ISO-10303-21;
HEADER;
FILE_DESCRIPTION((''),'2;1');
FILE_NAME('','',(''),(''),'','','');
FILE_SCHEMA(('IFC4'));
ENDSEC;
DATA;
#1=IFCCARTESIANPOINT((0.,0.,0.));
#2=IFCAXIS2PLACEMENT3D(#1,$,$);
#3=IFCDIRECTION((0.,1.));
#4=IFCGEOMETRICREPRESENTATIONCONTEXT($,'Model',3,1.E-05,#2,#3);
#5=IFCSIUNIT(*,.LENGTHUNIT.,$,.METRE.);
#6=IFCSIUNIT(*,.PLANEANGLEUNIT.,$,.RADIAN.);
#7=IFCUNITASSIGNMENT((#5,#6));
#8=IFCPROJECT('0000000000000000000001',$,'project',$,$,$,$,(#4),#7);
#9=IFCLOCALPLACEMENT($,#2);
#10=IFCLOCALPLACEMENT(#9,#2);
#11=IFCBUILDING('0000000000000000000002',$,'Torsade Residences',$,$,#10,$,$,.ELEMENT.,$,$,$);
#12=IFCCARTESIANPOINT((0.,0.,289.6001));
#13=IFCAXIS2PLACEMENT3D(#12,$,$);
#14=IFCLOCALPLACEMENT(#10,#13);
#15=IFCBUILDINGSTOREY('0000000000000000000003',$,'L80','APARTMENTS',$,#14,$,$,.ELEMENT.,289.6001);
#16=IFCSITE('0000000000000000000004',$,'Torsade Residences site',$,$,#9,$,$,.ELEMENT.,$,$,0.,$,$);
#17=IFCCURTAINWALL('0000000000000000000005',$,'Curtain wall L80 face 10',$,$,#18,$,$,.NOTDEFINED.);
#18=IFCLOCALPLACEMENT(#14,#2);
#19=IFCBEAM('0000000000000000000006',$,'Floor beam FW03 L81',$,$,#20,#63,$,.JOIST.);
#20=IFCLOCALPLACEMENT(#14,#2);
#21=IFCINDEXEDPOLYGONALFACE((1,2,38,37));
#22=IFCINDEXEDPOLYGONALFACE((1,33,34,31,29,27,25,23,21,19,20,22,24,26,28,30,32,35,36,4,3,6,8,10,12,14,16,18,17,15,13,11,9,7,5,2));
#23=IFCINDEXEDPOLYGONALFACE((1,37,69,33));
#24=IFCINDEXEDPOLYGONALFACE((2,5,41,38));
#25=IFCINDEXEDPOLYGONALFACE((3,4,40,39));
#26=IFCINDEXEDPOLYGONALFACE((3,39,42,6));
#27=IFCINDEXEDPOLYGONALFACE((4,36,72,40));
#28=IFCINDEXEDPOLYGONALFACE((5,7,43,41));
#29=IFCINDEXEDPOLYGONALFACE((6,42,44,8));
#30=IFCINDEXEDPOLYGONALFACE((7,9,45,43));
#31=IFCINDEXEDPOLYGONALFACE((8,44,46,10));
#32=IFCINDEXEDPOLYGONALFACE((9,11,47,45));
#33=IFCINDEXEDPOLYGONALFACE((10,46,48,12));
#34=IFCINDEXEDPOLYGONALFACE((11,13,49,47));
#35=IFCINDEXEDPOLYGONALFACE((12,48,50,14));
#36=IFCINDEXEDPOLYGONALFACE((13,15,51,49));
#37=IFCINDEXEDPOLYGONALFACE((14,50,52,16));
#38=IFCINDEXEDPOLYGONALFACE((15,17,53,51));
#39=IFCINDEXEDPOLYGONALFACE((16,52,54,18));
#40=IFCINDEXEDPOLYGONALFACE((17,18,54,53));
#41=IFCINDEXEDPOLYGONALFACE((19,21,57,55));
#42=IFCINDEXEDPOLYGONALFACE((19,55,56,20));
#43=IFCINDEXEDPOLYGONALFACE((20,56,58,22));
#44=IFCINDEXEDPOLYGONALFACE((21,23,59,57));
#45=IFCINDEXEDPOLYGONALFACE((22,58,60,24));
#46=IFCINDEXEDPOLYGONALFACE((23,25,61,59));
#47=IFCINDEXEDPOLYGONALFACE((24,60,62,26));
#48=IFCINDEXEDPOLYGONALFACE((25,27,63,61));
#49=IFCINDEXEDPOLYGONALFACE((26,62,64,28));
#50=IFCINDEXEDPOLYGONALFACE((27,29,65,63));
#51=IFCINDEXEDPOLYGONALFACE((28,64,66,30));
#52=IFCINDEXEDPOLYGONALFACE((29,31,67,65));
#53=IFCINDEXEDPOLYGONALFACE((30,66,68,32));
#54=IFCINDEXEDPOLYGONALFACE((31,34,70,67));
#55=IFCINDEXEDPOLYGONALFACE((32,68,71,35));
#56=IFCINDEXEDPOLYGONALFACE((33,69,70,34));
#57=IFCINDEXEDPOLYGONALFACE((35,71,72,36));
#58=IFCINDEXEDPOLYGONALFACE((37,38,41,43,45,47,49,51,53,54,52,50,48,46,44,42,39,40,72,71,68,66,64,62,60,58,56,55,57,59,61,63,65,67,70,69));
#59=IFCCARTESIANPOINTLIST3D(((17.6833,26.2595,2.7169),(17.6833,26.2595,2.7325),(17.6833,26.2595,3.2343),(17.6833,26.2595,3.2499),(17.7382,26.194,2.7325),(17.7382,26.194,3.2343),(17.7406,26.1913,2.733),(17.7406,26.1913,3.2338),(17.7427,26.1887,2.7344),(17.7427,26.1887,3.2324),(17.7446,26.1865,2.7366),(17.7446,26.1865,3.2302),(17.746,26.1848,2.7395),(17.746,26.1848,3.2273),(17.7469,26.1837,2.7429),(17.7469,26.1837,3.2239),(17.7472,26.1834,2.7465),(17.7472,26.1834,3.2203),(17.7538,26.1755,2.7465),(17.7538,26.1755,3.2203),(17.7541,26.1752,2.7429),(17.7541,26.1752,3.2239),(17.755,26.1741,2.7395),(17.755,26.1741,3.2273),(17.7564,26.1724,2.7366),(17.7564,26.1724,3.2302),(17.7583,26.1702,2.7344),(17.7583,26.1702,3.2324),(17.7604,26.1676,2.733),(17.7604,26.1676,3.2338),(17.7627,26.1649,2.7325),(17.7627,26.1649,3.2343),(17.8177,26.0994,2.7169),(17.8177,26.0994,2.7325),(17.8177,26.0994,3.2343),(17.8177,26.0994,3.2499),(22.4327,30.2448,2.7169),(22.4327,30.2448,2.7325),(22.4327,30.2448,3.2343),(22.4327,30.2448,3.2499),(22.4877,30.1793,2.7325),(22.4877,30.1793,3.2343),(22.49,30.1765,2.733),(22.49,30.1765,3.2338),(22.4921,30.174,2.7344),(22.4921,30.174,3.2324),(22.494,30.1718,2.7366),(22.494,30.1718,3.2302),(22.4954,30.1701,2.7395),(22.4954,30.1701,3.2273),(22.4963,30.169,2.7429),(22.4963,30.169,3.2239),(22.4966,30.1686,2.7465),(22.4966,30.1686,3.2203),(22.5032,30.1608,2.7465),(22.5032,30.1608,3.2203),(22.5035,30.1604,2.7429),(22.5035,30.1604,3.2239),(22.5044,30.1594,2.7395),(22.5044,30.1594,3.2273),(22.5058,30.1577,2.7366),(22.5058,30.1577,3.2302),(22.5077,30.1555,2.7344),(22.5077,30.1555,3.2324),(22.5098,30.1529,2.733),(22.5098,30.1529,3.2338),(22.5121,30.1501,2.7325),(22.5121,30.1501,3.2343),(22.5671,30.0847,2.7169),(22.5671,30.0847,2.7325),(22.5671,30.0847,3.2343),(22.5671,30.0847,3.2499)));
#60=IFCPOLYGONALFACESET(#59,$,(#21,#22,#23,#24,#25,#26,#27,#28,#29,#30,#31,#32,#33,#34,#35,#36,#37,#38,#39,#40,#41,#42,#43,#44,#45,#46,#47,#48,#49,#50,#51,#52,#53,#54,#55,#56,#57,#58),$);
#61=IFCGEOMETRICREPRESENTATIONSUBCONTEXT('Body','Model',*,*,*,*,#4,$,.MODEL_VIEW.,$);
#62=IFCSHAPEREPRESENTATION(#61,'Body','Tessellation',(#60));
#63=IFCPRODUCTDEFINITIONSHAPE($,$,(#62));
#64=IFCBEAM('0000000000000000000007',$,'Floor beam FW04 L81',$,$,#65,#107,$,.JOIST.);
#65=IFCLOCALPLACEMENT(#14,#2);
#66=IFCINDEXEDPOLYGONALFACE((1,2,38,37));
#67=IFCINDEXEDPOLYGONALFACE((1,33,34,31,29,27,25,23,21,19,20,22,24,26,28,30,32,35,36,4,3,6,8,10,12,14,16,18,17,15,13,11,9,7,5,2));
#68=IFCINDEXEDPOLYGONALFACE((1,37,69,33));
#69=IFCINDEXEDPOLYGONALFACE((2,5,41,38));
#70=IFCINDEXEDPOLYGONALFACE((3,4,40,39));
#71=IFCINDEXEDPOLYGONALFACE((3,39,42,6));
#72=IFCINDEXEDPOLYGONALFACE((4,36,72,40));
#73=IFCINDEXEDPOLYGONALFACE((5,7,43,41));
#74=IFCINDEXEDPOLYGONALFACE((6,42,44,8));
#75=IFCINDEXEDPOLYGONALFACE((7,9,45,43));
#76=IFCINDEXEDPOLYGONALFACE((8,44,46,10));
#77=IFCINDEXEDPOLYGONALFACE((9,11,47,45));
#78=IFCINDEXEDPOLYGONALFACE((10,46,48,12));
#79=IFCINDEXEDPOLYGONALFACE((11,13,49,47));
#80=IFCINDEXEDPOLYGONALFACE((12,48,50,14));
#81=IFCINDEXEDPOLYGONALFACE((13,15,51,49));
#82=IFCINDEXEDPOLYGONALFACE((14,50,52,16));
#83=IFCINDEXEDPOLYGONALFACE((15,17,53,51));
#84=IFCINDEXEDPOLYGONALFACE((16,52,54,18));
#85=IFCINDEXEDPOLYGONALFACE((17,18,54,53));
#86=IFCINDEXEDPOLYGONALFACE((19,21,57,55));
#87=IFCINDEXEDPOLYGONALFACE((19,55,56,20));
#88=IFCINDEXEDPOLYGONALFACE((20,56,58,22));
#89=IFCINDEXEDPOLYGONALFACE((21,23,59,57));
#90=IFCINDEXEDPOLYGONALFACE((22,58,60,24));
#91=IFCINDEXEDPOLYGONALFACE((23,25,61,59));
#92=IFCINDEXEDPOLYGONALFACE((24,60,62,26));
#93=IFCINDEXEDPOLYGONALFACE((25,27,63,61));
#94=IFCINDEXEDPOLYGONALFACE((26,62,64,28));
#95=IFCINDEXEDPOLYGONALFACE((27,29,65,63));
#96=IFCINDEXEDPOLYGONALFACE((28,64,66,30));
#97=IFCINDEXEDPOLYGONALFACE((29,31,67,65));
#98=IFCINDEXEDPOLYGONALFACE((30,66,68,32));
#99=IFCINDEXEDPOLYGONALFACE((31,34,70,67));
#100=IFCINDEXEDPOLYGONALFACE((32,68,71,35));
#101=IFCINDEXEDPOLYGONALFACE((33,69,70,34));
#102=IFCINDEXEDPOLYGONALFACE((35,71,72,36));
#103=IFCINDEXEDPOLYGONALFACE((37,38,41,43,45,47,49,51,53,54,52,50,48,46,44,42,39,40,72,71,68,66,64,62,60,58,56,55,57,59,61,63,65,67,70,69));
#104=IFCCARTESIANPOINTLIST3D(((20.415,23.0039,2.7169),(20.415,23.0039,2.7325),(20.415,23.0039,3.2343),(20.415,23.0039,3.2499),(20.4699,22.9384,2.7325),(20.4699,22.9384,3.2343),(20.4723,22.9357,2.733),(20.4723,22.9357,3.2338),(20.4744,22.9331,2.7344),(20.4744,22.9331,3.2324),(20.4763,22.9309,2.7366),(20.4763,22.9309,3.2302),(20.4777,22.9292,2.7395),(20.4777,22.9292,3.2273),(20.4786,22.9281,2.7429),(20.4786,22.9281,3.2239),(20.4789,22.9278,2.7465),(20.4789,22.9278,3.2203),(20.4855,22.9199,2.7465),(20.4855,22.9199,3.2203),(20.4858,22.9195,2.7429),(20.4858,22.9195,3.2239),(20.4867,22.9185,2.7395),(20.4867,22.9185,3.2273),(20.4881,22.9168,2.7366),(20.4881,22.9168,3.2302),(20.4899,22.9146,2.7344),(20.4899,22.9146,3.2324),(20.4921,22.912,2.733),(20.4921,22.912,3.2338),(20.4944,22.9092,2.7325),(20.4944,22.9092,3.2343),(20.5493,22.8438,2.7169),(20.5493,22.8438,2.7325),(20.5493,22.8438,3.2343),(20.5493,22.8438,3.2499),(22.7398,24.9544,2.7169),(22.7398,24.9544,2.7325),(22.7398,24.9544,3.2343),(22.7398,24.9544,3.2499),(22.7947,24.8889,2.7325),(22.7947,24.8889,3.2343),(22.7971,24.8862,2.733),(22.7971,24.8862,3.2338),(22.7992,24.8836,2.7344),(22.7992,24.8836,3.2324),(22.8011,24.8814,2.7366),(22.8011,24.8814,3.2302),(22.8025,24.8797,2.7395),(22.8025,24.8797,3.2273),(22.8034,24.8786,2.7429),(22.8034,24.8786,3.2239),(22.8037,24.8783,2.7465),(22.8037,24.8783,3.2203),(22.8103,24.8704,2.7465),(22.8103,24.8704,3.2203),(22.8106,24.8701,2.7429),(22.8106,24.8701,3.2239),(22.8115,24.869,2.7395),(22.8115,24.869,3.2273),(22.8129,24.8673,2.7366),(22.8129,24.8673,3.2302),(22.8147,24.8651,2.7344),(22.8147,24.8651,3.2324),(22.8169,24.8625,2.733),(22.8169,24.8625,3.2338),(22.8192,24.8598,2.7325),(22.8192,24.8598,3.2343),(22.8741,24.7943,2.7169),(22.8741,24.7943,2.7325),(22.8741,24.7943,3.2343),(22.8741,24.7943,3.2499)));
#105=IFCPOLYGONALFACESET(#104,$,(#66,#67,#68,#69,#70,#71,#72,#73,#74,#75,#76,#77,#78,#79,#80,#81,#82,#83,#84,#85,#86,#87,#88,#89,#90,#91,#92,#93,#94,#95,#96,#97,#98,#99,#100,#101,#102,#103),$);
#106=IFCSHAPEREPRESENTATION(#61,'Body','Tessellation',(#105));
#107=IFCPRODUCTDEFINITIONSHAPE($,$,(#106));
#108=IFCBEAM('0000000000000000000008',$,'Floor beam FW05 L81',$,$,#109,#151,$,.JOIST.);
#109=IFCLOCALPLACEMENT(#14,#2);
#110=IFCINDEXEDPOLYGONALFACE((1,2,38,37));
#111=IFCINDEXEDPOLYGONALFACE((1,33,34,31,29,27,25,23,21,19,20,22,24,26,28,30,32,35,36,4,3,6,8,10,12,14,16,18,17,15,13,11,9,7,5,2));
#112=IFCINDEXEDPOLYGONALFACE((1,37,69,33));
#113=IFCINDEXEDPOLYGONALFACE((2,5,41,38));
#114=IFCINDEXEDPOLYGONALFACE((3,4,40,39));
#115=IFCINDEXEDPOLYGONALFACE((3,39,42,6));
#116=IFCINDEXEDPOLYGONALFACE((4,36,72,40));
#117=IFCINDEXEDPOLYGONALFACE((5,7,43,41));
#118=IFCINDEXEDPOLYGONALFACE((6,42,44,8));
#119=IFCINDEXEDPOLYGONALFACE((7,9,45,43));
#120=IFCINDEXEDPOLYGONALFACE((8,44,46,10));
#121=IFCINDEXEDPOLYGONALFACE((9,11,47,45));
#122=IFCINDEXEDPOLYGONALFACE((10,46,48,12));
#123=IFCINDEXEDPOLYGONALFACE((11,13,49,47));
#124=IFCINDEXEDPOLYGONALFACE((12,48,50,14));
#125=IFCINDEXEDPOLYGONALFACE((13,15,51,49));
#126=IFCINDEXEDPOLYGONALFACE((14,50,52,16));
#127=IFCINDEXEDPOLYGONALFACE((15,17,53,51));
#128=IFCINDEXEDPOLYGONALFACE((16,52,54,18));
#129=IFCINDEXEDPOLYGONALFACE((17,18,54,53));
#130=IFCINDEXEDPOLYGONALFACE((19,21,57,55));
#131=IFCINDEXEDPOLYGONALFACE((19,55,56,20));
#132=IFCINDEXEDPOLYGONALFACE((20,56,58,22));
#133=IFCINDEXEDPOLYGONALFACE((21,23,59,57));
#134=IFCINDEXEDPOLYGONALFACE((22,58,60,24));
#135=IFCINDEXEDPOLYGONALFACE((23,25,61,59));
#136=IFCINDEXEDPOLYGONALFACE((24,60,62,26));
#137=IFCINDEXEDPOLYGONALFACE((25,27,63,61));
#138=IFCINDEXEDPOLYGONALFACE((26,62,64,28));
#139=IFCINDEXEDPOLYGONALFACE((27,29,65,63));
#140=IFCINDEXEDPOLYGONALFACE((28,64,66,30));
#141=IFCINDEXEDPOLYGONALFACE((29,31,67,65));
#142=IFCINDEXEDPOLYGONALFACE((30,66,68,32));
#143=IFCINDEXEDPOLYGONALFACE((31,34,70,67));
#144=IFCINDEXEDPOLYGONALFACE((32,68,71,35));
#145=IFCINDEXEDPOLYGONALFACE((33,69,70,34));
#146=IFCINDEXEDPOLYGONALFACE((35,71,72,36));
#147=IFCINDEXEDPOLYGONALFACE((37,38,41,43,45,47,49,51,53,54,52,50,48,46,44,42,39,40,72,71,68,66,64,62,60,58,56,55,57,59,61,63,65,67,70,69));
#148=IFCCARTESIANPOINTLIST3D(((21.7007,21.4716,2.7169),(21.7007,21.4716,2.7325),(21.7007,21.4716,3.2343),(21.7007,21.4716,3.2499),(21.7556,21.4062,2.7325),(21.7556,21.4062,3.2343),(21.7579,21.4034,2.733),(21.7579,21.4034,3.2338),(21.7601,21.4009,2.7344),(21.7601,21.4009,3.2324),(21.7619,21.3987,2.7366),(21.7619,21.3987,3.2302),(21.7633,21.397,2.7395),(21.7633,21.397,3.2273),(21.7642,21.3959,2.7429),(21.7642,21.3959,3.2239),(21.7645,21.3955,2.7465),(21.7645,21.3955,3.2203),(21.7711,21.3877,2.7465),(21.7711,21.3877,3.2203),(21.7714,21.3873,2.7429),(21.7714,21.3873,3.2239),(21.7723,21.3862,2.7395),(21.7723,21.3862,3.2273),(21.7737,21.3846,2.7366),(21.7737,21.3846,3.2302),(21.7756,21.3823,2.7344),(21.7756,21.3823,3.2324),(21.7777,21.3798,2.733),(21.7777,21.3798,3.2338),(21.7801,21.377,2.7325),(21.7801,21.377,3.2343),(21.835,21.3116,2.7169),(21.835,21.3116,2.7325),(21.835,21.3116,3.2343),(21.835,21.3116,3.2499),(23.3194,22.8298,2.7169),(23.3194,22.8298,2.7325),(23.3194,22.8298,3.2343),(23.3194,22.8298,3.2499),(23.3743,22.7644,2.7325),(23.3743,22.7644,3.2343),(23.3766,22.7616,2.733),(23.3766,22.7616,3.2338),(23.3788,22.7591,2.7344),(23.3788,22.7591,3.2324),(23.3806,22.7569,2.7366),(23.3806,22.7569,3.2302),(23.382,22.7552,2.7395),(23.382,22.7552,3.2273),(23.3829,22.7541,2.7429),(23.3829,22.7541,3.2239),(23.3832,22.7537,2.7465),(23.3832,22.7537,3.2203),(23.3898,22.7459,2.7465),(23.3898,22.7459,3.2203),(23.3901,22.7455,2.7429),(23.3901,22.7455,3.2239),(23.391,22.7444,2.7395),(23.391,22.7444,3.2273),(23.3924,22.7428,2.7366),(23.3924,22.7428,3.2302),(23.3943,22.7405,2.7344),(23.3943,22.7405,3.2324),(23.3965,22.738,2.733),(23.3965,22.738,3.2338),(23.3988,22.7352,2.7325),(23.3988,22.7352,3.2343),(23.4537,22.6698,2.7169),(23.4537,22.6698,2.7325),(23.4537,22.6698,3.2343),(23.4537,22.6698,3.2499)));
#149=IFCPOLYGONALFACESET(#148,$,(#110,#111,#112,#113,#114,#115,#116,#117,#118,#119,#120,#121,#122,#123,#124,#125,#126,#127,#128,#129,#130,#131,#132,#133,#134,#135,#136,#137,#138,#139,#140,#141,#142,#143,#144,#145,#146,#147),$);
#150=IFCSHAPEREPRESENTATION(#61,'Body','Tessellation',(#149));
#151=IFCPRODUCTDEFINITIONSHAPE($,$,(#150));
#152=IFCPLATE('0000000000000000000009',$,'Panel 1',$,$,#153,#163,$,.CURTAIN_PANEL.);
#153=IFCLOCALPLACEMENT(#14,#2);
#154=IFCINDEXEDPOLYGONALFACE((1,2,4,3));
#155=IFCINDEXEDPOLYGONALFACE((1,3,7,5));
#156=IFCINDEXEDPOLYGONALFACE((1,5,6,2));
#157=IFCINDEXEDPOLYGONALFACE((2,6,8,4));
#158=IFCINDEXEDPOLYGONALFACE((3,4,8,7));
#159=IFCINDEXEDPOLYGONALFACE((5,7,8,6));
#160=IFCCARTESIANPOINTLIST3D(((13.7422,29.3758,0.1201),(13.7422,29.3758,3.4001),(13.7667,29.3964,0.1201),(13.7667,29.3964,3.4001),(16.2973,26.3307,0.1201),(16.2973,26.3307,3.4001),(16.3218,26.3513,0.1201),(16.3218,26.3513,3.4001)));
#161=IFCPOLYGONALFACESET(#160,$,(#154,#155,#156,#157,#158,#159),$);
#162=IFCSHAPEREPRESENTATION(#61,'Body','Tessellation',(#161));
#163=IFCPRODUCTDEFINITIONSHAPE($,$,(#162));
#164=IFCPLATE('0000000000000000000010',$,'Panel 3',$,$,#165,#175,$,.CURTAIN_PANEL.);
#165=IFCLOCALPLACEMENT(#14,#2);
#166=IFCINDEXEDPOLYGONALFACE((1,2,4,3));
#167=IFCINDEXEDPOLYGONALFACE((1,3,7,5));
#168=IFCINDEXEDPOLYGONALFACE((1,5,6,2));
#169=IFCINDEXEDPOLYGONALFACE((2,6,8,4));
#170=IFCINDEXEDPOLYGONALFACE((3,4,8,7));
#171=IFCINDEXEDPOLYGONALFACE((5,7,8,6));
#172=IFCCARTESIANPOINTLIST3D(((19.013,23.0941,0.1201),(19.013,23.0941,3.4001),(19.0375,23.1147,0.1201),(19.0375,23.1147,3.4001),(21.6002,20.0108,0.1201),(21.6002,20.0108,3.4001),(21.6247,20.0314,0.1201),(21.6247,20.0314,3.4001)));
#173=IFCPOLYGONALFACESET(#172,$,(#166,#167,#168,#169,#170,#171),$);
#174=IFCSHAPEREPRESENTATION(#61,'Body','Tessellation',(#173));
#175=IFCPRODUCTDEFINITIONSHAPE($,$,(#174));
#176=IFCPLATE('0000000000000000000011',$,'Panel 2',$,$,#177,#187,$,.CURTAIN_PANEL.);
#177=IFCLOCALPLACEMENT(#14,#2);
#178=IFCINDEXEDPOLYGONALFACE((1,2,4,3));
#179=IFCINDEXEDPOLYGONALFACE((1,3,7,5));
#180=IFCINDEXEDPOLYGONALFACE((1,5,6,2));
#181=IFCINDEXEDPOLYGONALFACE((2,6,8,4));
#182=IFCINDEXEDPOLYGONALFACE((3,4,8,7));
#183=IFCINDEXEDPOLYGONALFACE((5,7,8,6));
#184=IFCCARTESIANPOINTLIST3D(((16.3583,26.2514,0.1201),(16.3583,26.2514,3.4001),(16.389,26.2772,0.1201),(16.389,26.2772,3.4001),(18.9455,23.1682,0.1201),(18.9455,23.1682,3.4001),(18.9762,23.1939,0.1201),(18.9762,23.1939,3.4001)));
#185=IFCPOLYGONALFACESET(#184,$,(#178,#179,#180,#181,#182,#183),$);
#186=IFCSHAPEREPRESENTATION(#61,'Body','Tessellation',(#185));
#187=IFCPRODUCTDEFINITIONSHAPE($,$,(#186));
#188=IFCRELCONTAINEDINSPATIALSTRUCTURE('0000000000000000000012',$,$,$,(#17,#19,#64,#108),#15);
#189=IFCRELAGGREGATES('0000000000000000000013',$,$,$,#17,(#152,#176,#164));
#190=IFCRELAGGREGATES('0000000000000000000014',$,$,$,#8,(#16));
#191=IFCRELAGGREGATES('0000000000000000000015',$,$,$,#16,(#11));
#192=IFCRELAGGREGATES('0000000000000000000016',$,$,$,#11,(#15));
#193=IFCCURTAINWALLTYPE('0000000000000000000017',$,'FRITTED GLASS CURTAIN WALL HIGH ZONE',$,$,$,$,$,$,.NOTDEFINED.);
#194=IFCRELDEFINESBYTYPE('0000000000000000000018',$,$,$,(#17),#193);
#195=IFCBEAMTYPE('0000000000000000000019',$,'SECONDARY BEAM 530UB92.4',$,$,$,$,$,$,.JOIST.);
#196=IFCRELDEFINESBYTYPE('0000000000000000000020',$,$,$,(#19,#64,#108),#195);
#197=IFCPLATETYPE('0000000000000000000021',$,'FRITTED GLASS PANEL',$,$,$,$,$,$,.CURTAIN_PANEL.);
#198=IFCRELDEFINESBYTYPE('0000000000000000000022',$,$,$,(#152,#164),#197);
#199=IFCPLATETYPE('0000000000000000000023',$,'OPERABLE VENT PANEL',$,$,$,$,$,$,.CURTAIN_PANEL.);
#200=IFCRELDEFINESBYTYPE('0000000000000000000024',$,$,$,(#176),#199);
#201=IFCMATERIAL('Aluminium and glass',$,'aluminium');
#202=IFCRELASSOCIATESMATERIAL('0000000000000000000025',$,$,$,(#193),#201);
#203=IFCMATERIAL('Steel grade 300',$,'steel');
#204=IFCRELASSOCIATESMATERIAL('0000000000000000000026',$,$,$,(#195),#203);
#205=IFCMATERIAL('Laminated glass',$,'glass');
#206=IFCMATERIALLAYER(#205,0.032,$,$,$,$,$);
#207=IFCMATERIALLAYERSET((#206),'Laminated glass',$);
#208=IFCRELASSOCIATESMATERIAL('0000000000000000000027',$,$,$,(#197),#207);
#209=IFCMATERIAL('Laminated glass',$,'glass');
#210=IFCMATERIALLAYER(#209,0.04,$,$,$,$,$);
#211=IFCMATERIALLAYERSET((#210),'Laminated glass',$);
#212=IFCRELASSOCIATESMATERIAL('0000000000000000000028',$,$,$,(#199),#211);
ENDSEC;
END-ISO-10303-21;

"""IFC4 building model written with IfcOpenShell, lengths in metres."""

from ifc_helpers import new_model, si_unit, direction, frame, origin, origin_2d, place, context, subcontext, project, spatial, rectangle, i_section, extrude, material, layer, layer_set, material_profile, profile_set, type_object, element, aggregate, save


model = new_model("IFC4")

# Units and contexts
model_context = context("Model", 3, precision=1e-05, world=origin(), true_north=direction((0.0, 1.0)))
body_context = subcontext(model_context, "Body", "Model", "MODEL_VIEW")
ifc_project = project(units=[si_unit("LENGTHUNIT", "METRE"), si_unit("PLANEANGLEUNIT", "RADIAN")], contexts=[model_context])

# Site, building, storey
site_placement = place(None, origin())
site = spatial("IfcSite", under=ifc_project, at=site_placement, Name="Torsade Residences site", CompositionType="ELEMENT", RefElevation=0.0)
building_placement = place(site_placement, origin())
building = spatial("IfcBuilding", under=site, at=building_placement, Name="Torsade Residences", CompositionType="ELEMENT")
storey_placement = place(building_placement, frame((0.0, 0.0, 289.6001)))
storey = spatial("IfcBuildingStorey", under=building, at=storey_placement, Name="L80", Description="APARTMENTS", CompositionType="ELEMENT", Elevation=289.6001)

# Curtain wall
ifc_material_1 = material(Name="Aluminium and glass", Category="aluminium")
curtain_wall_type = type_object("IfcCurtainWallType", Name="FRITTED GLASS CURTAIN WALL HIGH ZONE", PredefinedType="NOTDEFINED", material=ifc_material_1)
curtain_wall_placement = place(storey_placement, origin())
curtain_wall = element("IfcCurtainWall", 1, at=curtain_wall_placement, inside=storey, type_object=curtain_wall_type, Name="Curtain wall L80 face 10", PredefinedType="NOTDEFINED")

# Beams
ifc_material_2 = material(Name="Steel grade 300", Category="steel")
ifc_material_profile_1 = material_profile(ifc_material_2, i_section(OverallWidth=0.209, OverallDepth=0.533, WebThickness=0.0103, FlangeThickness=0.0156, FilletRadius=0.0139, at=origin_2d()), Name="530UB92.4")
ifc_profile_set_1 = profile_set([ifc_material_profile_1], Name="Steel grade 300")
beam_type_1 = type_object("IfcBeamType", Name="SECONDARY BEAM 530UB92.4", PredefinedType="JOIST", material=ifc_profile_set_1)
beam_1_placement = place(storey_placement, frame((17.7505, 26.1794, 2.9834), z_axis=(0.766041, 0.642791, 0.0), x_axis=(-0.642791, 0.766041, 0.0)))
element("IfcBeam", 2, at=beam_1_placement, inside=storey, type_object=beam_type_1, Name="Floor beam FW03 L81", PredefinedType="JOIST", context=body_context, shape_type="SweptSolid", body=[
    extrude(i_section(OverallWidth=0.209, OverallDepth=0.533, WebThickness=0.0103, FlangeThickness=0.0156, FilletRadius=0.0139, at=origin_2d()), origin(), (0.0, 0.0, 1.0), 6.2),
])
beam_2_placement = place(storey_placement, frame((20.4822, 22.9238, 2.9834), z_axis=(0.76608, 0.642745, 0.0), x_axis=(-0.642745, 0.76608, 0.0)))
element("IfcBeam", 3, at=beam_2_placement, inside=storey, type_object=beam_type_1, Name="Floor beam FW04 L81", PredefinedType="JOIST", context=body_context, shape_type="SweptSolid", body=[
    extrude(i_section(OverallWidth=0.209, OverallDepth=0.533, WebThickness=0.0103, FlangeThickness=0.0156, FilletRadius=0.0139, at=origin_2d()), origin(), (0.0, 0.0, 1.0), 3.0347),
])
beam_3_placement = place(storey_placement, frame((21.7678, 21.3916, 2.9834), z_axis=(0.766058, 0.642772, 0.0), x_axis=(-0.642772, 0.766058, 0.0)))
element("IfcBeam", 4, at=beam_3_placement, inside=storey, type_object=beam_type_1, Name="Floor beam FW05 L81", PredefinedType="JOIST", context=body_context, shape_type="SweptSolid", body=[
    extrude(i_section(OverallWidth=0.209, OverallDepth=0.533, WebThickness=0.0103, FlangeThickness=0.0156, FilletRadius=0.0139, at=origin_2d()), origin(), (0.0, 0.0, 1.0), 2.113),
])

# Plates
ifc_material_3 = material(Name="Laminated glass", Category="glass")
ifc_layer_1 = layer(ifc_material_3, 0.032)
ifc_layer_set_1 = layer_set([ifc_layer_1], Name="Laminated glass")
plate_type_1 = type_object("IfcPlateType", Name="FRITTED GLASS PANEL", PredefinedType="CURTAIN_PANEL", material=ifc_layer_set_1)
plate_1_placement = place(storey_placement, frame((15.032, 27.8635, 0.1201), z_axis=(0.0, 0.0, 1.0), x_axis=(0.642788, -0.766044, 0.0)))
plate_1 = element("IfcPlate", 5, at=plate_1_placement, type_object=plate_type_1, Name="Panel 1", PredefinedType="CURTAIN_PANEL", context=body_context, shape_type="SweptSolid", body=[
    extrude(rectangle(XDim=3.9751, YDim=0.032, at=origin_2d()), origin(), (0.0, 0.0, 1.0), 3.28),
])
plate_2_placement = place(storey_placement, frame((20.3188, 21.5627, 0.1201), z_axis=(0.0, 0.0, 1.0), x_axis=(0.642788, -0.766044, 0.0)))
plate_2 = element("IfcPlate", 6, at=plate_2_placement, type_object=plate_type_1, Name="Panel 3", PredefinedType="CURTAIN_PANEL", context=body_context, shape_type="SweptSolid", body=[
    extrude(rectangle(XDim=4.0249, YDim=0.032, at=origin_2d()), origin(), (0.0, 0.0, 1.0), 3.28),
])
ifc_material_4 = material(Name="Laminated glass", Category="glass")
ifc_layer_2 = layer(ifc_material_4, 0.04)
ifc_layer_set_2 = layer_set([ifc_layer_2], Name="Laminated glass")
plate_type_2 = type_object("IfcPlateType", Name="OPERABLE VENT PANEL", PredefinedType="CURTAIN_PANEL", material=ifc_layer_set_2)
plate_3_placement = place(storey_placement, frame((17.6672, 24.7227, 0.1201), z_axis=(0.0, 0.0, 1.0), x_axis=(0.642788, -0.766044, 0.0)))
plate_3 = element("IfcPlate", 7, at=plate_3_placement, type_object=plate_type_2, Name="Panel 2", PredefinedType="CURTAIN_PANEL", context=body_context, shape_type="SweptSolid", body=[
    extrude(rectangle(XDim=4.0249, YDim=0.04, at=origin_2d()), origin(), (0.0, 0.0, 1.0), 3.28),
])
aggregate(curtain_wall, [plate_1, plate_3, plate_2])

save(model, "model.ifc")
